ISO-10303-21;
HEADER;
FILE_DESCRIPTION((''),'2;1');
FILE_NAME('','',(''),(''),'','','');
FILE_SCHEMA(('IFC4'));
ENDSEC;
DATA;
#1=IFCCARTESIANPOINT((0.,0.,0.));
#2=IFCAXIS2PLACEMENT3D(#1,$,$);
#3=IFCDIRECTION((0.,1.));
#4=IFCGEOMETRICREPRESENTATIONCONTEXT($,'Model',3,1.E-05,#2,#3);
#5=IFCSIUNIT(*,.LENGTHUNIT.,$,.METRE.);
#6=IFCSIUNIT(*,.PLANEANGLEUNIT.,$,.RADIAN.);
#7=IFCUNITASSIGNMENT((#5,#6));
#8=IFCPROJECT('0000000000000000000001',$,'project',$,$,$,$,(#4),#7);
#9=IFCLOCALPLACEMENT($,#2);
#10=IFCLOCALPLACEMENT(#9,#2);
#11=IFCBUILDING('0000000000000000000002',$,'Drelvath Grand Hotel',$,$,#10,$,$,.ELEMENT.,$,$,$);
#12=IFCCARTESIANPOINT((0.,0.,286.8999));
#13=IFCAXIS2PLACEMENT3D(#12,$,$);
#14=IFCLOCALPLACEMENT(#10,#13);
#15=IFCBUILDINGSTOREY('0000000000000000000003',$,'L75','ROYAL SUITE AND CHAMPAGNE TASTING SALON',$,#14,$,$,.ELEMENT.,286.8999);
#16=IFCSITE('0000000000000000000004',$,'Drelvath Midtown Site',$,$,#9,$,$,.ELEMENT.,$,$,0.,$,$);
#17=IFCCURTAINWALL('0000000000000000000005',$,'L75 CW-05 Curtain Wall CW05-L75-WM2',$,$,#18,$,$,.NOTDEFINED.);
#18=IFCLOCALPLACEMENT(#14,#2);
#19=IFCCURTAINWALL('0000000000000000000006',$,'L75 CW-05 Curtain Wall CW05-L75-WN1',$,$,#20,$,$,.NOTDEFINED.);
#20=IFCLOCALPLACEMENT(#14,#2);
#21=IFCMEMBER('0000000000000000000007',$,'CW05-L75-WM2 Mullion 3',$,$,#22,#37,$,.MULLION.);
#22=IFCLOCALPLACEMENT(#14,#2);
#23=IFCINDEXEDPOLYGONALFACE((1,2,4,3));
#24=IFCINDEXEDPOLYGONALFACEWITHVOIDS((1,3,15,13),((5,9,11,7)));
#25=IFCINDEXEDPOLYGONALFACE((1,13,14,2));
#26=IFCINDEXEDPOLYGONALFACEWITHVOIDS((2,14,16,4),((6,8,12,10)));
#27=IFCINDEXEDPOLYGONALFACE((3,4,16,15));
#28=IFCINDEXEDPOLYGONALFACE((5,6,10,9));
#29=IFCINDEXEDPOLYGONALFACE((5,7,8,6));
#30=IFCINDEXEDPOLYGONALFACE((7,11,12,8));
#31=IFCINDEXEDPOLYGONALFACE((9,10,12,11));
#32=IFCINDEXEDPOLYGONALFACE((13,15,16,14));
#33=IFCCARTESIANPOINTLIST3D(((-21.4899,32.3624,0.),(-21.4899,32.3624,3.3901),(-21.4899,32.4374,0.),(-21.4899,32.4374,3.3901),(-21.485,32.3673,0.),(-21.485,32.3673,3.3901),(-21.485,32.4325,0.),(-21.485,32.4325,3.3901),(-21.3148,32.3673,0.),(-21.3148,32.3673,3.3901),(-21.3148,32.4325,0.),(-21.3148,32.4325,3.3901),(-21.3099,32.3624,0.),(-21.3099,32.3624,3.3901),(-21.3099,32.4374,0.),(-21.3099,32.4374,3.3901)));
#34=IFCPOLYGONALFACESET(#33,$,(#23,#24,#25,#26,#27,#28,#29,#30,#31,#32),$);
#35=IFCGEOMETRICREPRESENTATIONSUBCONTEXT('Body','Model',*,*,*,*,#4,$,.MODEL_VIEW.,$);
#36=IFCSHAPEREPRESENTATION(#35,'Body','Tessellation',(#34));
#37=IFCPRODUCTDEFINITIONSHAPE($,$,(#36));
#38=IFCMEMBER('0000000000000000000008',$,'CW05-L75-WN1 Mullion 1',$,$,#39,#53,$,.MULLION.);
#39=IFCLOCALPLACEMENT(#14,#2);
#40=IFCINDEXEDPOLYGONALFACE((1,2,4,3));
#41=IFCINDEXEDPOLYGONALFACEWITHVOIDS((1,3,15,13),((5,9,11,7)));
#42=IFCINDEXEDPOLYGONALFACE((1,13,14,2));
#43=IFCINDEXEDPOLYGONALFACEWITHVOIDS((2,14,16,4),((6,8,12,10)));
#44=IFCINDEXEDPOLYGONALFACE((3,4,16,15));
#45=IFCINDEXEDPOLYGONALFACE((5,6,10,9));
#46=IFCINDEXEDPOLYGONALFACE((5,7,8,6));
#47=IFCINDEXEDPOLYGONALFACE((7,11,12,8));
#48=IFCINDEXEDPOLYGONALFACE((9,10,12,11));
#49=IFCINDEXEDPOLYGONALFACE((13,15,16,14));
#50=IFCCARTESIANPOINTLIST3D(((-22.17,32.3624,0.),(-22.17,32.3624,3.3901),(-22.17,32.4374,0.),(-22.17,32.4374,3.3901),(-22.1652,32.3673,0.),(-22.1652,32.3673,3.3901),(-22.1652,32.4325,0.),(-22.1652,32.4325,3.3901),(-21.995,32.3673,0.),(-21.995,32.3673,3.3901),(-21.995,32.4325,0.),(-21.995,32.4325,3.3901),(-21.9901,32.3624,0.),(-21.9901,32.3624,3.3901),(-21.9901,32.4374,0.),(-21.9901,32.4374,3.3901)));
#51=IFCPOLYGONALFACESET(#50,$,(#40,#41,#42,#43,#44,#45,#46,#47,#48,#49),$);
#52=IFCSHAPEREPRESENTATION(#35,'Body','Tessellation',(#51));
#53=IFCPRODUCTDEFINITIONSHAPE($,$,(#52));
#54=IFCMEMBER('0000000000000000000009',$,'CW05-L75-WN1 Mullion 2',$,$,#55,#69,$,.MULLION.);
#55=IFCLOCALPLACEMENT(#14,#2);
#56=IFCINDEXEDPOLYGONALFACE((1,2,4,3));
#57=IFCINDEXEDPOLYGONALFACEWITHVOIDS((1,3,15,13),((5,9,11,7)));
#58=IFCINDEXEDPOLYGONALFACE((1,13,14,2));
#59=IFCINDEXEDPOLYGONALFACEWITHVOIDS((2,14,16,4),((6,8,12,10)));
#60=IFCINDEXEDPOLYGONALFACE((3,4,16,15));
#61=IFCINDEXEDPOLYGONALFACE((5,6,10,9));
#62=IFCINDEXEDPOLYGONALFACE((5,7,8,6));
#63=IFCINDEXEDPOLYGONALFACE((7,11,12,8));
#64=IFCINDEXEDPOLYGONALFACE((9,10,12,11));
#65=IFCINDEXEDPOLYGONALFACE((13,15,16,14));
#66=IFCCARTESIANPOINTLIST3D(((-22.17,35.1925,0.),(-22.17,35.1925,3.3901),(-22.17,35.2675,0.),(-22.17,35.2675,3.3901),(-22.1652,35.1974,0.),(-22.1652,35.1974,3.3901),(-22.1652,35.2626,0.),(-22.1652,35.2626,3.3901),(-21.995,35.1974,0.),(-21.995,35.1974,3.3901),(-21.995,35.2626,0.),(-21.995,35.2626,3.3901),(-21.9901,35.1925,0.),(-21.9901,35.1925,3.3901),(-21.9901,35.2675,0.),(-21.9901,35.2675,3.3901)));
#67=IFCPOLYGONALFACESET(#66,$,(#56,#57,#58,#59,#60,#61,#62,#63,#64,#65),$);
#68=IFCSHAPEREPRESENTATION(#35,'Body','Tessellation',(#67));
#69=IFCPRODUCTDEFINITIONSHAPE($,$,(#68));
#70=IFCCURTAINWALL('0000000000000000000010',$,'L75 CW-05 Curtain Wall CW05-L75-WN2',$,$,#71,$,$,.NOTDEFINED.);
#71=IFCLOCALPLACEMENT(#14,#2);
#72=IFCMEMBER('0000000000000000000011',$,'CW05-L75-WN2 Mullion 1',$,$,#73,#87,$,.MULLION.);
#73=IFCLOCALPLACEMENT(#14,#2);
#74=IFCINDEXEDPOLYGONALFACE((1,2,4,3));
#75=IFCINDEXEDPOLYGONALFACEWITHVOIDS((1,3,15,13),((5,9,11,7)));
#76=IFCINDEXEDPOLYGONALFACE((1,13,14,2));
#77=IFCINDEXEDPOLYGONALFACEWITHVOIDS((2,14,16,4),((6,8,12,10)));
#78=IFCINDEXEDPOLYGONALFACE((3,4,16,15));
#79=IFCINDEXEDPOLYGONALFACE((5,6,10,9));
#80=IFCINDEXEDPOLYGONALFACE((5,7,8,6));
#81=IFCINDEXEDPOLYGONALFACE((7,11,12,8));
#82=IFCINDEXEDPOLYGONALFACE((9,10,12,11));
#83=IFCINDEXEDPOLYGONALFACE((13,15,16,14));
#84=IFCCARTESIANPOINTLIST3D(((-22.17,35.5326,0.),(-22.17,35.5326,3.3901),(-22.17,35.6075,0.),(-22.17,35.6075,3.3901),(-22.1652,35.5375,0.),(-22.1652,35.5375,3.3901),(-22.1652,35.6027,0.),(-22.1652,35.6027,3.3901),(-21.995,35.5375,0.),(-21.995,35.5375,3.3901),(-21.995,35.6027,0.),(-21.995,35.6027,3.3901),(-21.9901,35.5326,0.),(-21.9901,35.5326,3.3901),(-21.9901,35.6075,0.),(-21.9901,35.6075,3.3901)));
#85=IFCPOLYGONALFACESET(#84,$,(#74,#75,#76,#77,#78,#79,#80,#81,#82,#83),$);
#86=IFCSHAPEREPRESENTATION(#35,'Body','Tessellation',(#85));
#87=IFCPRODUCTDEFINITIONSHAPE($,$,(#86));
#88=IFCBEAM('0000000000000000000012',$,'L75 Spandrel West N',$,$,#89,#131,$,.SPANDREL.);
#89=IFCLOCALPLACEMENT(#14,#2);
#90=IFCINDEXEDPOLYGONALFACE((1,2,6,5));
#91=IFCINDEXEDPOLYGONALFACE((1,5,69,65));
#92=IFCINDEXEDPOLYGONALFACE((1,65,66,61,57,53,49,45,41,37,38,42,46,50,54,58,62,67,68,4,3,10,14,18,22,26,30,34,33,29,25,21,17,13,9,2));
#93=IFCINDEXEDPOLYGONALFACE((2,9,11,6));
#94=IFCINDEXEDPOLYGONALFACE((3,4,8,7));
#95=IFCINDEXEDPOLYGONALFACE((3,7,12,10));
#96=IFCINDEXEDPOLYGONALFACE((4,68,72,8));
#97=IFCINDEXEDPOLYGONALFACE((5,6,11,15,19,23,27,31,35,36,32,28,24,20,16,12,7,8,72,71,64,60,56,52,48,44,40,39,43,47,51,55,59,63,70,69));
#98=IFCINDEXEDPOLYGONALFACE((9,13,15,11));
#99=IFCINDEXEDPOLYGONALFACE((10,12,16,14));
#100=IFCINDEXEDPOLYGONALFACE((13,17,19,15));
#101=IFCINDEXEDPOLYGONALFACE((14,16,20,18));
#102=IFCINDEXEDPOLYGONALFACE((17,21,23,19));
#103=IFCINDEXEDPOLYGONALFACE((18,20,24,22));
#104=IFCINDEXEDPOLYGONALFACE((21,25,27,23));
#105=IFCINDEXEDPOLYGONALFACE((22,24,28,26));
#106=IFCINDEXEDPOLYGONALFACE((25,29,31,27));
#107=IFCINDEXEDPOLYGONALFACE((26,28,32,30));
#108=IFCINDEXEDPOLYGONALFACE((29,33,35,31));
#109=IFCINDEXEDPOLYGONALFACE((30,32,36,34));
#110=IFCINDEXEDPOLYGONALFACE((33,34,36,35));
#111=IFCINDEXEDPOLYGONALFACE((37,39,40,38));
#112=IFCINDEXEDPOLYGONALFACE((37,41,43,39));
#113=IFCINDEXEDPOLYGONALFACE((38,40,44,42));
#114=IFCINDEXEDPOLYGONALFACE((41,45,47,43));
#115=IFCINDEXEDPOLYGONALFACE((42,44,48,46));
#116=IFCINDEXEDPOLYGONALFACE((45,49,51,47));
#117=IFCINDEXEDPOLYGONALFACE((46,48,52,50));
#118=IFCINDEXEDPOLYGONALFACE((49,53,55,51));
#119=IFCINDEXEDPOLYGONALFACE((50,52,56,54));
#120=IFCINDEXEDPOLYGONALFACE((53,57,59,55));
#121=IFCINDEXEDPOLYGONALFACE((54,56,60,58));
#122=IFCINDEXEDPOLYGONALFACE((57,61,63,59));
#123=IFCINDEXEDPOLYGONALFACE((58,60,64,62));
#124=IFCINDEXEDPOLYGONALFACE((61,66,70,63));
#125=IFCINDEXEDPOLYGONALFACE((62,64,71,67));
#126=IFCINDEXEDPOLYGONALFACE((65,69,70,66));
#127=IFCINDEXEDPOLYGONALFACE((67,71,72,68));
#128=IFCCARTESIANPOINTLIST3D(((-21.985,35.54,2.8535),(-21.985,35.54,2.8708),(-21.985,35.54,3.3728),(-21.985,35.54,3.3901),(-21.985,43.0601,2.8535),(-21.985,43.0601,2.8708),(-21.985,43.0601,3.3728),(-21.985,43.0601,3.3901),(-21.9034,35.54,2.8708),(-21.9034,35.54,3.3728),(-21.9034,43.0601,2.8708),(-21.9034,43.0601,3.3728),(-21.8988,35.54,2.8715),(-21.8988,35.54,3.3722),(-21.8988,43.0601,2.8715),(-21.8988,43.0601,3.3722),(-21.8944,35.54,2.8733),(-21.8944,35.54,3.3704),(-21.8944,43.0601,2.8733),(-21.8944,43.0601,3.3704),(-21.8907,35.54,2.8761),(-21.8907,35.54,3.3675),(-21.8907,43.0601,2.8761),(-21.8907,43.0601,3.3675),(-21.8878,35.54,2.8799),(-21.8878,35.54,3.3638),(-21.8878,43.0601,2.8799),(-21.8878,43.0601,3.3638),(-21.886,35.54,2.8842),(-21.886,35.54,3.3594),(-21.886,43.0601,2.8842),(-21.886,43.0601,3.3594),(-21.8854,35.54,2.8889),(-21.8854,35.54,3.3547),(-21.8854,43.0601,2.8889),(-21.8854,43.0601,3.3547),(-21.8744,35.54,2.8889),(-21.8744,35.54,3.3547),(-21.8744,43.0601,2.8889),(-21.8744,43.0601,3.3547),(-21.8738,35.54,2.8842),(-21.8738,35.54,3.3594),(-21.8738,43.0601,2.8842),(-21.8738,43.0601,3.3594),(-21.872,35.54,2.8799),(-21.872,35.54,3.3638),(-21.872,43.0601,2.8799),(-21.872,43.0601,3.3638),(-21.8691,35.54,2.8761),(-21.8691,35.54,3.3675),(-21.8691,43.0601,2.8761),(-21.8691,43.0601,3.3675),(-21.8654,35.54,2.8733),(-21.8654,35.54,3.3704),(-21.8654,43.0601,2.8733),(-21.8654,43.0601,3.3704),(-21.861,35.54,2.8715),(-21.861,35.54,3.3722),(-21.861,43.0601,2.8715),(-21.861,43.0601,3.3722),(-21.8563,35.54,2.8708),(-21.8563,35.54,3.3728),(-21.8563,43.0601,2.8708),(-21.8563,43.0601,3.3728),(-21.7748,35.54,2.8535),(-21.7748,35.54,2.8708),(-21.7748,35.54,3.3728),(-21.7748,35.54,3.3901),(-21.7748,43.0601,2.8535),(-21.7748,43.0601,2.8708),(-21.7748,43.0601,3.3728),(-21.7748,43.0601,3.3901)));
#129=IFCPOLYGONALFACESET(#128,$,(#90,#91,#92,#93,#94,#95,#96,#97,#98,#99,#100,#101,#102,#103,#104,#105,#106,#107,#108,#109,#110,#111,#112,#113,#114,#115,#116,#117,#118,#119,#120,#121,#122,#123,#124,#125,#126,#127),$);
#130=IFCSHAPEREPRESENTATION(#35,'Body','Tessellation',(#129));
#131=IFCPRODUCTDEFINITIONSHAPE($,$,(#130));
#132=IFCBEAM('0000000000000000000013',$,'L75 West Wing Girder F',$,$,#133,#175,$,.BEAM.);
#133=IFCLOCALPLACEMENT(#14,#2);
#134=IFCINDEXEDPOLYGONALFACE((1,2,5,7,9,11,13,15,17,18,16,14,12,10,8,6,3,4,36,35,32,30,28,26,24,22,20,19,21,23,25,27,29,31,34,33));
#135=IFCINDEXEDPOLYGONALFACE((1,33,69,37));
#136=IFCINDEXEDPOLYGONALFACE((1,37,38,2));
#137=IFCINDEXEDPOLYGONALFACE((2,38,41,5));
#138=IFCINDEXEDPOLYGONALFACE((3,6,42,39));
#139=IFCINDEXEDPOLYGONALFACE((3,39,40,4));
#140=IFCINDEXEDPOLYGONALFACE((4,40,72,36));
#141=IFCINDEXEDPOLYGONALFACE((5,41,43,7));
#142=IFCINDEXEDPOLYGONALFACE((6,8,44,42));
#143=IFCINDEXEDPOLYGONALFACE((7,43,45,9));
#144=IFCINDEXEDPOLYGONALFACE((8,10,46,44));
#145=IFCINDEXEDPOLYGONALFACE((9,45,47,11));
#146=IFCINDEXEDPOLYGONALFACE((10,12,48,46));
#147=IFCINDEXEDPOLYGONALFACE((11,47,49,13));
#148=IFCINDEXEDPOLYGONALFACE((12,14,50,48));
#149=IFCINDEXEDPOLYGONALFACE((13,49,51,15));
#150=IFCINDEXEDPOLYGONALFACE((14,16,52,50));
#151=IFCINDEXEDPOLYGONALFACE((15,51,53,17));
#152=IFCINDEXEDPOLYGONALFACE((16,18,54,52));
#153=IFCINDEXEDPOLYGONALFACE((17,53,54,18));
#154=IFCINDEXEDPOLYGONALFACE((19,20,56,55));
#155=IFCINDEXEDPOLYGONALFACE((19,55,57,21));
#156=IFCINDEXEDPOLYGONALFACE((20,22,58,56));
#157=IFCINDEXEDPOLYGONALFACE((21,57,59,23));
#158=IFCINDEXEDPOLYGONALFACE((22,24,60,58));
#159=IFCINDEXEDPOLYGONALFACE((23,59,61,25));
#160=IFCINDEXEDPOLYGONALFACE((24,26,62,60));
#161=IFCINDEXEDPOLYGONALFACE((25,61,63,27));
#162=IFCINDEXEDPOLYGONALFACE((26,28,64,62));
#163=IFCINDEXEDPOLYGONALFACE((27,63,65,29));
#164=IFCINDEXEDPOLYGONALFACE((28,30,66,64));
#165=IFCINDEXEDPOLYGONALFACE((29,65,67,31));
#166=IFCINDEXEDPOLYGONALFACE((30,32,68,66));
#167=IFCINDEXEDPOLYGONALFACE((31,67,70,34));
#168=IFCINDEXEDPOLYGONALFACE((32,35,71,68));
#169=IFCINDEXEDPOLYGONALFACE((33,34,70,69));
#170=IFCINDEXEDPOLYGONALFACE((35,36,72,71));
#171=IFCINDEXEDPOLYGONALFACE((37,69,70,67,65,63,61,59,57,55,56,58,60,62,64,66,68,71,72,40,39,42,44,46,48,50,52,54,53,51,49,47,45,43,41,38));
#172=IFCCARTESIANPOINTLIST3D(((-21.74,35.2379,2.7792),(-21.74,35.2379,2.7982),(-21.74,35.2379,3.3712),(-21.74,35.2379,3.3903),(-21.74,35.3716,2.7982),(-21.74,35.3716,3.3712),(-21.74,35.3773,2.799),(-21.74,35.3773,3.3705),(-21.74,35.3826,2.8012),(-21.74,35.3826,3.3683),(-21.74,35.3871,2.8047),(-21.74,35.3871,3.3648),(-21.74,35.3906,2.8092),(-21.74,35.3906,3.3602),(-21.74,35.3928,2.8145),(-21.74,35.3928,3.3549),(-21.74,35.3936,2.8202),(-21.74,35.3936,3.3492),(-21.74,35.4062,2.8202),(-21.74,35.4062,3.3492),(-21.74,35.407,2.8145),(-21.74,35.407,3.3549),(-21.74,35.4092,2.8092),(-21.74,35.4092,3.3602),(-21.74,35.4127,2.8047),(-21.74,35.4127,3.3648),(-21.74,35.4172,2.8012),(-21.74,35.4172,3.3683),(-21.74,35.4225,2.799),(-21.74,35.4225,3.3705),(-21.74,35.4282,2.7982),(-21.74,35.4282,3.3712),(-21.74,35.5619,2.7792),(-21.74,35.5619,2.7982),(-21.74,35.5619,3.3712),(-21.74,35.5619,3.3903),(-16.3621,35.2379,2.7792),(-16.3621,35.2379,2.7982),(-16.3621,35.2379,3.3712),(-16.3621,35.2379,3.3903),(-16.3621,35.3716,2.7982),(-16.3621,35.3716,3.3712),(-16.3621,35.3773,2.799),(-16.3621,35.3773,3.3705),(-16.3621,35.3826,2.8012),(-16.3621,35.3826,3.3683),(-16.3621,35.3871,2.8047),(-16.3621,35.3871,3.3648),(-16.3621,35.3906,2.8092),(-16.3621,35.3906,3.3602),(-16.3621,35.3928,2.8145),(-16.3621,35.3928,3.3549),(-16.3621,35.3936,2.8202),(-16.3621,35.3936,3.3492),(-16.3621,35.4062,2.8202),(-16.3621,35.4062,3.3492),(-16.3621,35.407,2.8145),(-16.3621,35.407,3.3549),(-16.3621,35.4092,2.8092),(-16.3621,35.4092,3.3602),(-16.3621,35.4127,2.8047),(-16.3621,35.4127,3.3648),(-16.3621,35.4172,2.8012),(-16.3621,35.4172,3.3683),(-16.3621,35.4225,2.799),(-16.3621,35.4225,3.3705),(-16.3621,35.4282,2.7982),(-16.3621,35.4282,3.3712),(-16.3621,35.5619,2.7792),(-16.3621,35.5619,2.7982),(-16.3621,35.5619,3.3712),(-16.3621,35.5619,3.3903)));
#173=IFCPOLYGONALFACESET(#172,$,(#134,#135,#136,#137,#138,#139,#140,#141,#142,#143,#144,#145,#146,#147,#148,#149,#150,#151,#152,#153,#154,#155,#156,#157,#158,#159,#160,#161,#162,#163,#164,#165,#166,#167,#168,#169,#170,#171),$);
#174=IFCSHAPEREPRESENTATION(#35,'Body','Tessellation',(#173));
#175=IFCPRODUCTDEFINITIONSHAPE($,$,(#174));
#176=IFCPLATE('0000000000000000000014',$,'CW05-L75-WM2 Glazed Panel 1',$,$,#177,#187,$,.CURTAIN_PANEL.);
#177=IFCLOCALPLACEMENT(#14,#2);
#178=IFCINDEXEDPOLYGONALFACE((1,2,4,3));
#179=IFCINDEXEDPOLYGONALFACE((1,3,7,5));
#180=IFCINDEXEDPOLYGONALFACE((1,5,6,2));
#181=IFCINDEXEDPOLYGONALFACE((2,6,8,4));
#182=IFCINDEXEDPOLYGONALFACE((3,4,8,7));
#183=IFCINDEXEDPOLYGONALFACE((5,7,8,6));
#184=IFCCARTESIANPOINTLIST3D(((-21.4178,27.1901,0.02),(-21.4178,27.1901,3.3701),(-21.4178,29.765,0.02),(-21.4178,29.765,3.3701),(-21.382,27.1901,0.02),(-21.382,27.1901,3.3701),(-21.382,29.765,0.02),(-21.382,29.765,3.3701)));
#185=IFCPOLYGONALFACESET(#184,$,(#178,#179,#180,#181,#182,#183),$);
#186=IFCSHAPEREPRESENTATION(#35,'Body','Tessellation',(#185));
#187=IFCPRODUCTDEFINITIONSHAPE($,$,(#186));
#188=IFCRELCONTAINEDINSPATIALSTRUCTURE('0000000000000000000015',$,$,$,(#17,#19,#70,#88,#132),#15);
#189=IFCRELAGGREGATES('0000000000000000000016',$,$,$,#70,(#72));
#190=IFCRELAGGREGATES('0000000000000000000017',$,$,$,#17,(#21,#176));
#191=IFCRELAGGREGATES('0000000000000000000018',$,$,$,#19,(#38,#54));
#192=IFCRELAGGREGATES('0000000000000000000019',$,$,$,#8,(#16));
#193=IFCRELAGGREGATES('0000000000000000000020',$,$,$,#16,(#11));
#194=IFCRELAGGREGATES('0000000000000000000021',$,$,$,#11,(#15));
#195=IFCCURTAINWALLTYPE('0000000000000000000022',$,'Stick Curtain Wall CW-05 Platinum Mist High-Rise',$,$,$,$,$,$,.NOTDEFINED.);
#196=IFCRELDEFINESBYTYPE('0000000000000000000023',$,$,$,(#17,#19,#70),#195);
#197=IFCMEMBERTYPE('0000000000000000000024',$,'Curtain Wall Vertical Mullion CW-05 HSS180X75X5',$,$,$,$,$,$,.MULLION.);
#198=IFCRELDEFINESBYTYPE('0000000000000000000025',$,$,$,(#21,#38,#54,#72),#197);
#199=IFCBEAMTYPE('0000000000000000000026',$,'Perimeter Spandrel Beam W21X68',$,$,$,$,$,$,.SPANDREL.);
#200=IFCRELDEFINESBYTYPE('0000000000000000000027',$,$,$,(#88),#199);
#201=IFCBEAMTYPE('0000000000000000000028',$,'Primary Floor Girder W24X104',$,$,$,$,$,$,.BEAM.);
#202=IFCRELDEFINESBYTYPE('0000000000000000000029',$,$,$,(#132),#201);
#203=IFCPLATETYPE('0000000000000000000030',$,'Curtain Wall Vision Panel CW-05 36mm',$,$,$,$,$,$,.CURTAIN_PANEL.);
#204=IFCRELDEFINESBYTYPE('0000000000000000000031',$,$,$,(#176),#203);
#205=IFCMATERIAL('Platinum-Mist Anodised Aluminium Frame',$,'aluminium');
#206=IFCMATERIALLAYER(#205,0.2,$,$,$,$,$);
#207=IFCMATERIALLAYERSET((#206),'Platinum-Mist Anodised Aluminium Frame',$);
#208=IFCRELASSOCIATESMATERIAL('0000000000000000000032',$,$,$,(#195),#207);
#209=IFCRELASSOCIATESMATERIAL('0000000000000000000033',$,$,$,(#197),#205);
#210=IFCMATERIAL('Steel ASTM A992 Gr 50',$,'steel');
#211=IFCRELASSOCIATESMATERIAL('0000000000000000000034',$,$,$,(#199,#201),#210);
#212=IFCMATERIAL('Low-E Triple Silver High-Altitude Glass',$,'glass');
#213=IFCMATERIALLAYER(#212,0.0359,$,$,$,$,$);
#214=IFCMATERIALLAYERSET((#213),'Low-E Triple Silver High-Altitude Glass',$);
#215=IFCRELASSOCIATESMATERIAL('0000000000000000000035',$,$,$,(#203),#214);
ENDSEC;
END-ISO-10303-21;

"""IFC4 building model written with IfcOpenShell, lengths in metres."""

from ifc_helpers import new_model, si_unit, direction, frame, origin, origin_2d, place, context, subcontext, project, spatial, rectangle, hollow_rectangle, i_section, extrude, material, layer, layer_set, material_profile, profile_set, type_object, element, aggregate, save


model = new_model("IFC4")

# Units and contexts
model_context = context("Model", 3, precision=1e-05, world=origin(), true_north=direction((0.0, 1.0)))
body_context = subcontext(model_context, "Body", "Model", "MODEL_VIEW")
ifc_project = project(units=[si_unit("LENGTHUNIT", "METRE"), si_unit("PLANEANGLEUNIT", "RADIAN")], contexts=[model_context])

# Site, building, storey
site_placement = place(None, origin())
site = spatial("IfcSite", under=ifc_project, at=site_placement, Name="Drelvath Midtown Site", CompositionType="ELEMENT", RefElevation=0.0)
building_placement = place(site_placement, origin())
building = spatial("IfcBuilding", under=site, at=building_placement, Name="Drelvath Grand Hotel", CompositionType="ELEMENT")
storey_placement = place(building_placement, frame((0.0, 0.0, 286.8999)))
storey = spatial("IfcBuildingStorey", under=building, at=storey_placement, Name="L75", Description="ROYAL SUITE AND CHAMPAGNE TASTING SALON", CompositionType="ELEMENT", Elevation=286.8999)

# Curtain walls
ifc_material_1 = material(Name="Platinum-Mist Anodised Aluminium Frame", Category="aluminium")
ifc_layer_1 = layer(ifc_material_1, 0.2)
ifc_layer_set_1 = layer_set([ifc_layer_1], Name="Platinum-Mist Anodised Aluminium Frame")
curtain_wall_type = type_object("IfcCurtainWallType", Name="Stick Curtain Wall CW-05 Platinum Mist High-Rise", PredefinedType="NOTDEFINED", material=ifc_layer_set_1)
curtain_wall_1_placement = place(storey_placement, origin())
curtain_wall_1 = element("IfcCurtainWall", 1, at=curtain_wall_1_placement, inside=storey, type_object=curtain_wall_type, Name="L75 CW-05 Curtain Wall CW05-L75-WM2", PredefinedType="NOTDEFINED")
curtain_wall_2_placement = place(storey_placement, origin())
curtain_wall_2 = element("IfcCurtainWall", 2, at=curtain_wall_2_placement, inside=storey, type_object=curtain_wall_type, Name="L75 CW-05 Curtain Wall CW05-L75-WN1", PredefinedType="NOTDEFINED")
ifc_material_profile_1 = material_profile(ifc_material_1, hollow_rectangle(XDim=0.075, YDim=0.1799, WallThickness=0.0049, at=origin_2d()), Name="HSS180X75X5")
ifc_profile_set_1 = profile_set([ifc_material_profile_1], Name="Platinum-Mist Anodised Aluminium Frame")
member_type_1 = type_object("IfcMemberType", Name="Curtain Wall Vertical Mullion CW-05 HSS180X75X5", PredefinedType="MULLION", material=ifc_profile_set_1)

# Members
member_1_placement = place(storey_placement, frame((-21.3999, 32.3999, 0.0), z_axis=(0.0, 0.0, 1.0), x_axis=(0.0, 1.0, 0.0)))
member_1 = element("IfcMember", 3, at=member_1_placement, type_object=member_type_1, Name="CW05-L75-WM2 Mullion 3", PredefinedType="MULLION", context=body_context, shape_type="SweptSolid", body=[
    extrude(hollow_rectangle(XDim=0.075, YDim=0.1799, WallThickness=0.0049, at=origin_2d()), origin(), (0.0, 0.0, 1.0), 3.3901),
])
member_2_placement = place(storey_placement, frame((-22.0801, 32.3999, 0.0), z_axis=(0.0, 0.0, 1.0), x_axis=(0.0, 1.0, 0.0)))
member_2 = element("IfcMember", 4, at=member_2_placement, type_object=member_type_1, Name="CW05-L75-WN1 Mullion 1", PredefinedType="MULLION", context=body_context, shape_type="SweptSolid", body=[
    extrude(hollow_rectangle(XDim=0.075, YDim=0.1799, WallThickness=0.0049, at=origin_2d()), origin(), (0.0, 0.0, 1.0), 3.3901),
])
member_3_placement = place(storey_placement, frame((-22.0801, 35.23, 0.0), z_axis=(0.0, 0.0, 1.0), x_axis=(0.0, 1.0, 0.0)))
member_3 = element("IfcMember", 5, at=member_3_placement, type_object=member_type_1, Name="CW05-L75-WN1 Mullion 2", PredefinedType="MULLION", context=body_context, shape_type="SweptSolid", body=[
    extrude(hollow_rectangle(XDim=0.075, YDim=0.1799, WallThickness=0.0049, at=origin_2d()), origin(), (0.0, 0.0, 1.0), 3.3901),
])

# Curtain wall, member
curtain_wall_3_placement = place(storey_placement, origin())
curtain_wall_3 = element("IfcCurtainWall", 6, at=curtain_wall_3_placement, inside=storey, type_object=curtain_wall_type, Name="L75 CW-05 Curtain Wall CW05-L75-WN2", PredefinedType="NOTDEFINED")
member_4_placement = place(storey_placement, frame((-22.0801, 35.5701, 0.0), z_axis=(0.0, 0.0, 1.0), x_axis=(0.0, 1.0, 0.0)))
member_4 = element("IfcMember", 7, at=member_4_placement, type_object=member_type_1, Name="CW05-L75-WN2 Mullion 1", PredefinedType="MULLION", context=body_context, shape_type="SweptSolid", body=[
    extrude(hollow_rectangle(XDim=0.075, YDim=0.1799, WallThickness=0.0049, at=origin_2d()), origin(), (0.0, 0.0, 1.0), 3.3901),
])
aggregate(curtain_wall_3, [member_4])

# Beams
ifc_material_2 = material(Name="Steel ASTM A992 Gr 50", Category="steel")
ifc_material_profile_2 = material_profile(ifc_material_2, i_section(OverallWidth=0.2102, OverallDepth=0.5366, WebThickness=0.011, FlangeThickness=0.0173, FilletRadius=0.0181, at=origin_2d()), Name="W21X68")
ifc_profile_set_2 = profile_set([ifc_material_profile_2], Name="Steel ASTM A992 Gr 50")
beam_type_1 = type_object("IfcBeamType", Name="Perimeter Spandrel Beam W21X68", PredefinedType="SPANDREL", material=ifc_profile_set_2)
beam_1_placement = place(storey_placement, frame((-21.8799, 35.54, 3.1218), z_axis=(0.0, 1.0, 0.0), x_axis=(-1.0, 0.0, 0.0)))
element("IfcBeam", 8, at=beam_1_placement, inside=storey, type_object=beam_type_1, Name="L75 Spandrel West N", PredefinedType="SPANDREL", context=body_context, shape_type="SweptSolid", body=[
    extrude(i_section(OverallWidth=0.2102, OverallDepth=0.5366, WebThickness=0.011, FlangeThickness=0.0173, FilletRadius=0.0181, at=origin_2d()), origin(), (0.0, 0.0, 1.0), 7.52),
])
ifc_material_profile_3 = material_profile(ifc_material_2, i_section(OverallWidth=0.324, OverallDepth=0.6111, WebThickness=0.0127, FlangeThickness=0.019, FilletRadius=0.022, at=origin_2d()), Name="W24X104")
ifc_profile_set_3 = profile_set([ifc_material_profile_3], Name="Steel ASTM A992 Gr 50")
beam_type_2 = type_object("IfcBeamType", Name="Primary Floor Girder W24X104", PredefinedType="BEAM", material=ifc_profile_set_3)
beam_2_placement = place(storey_placement, frame((-21.74, 35.3999, 3.0847), z_axis=(1.0, 0.0, 0.0), x_axis=(0.0, 1.0, 0.0)))
element("IfcBeam", 9, at=beam_2_placement, inside=storey, type_object=beam_type_2, Name="L75 West Wing Girder F", PredefinedType="BEAM", context=body_context, shape_type="SweptSolid", body=[
    extrude(i_section(OverallWidth=0.324, OverallDepth=0.6111, WebThickness=0.0127, FlangeThickness=0.019, FilletRadius=0.022, at=origin_2d()), origin(), (0.0, 0.0, 1.0), 5.3779),
])

# Plate
ifc_material_3 = material(Name="Low-E Triple Silver High-Altitude Glass", Category="glass")
ifc_layer_2 = layer(ifc_material_3, 0.0359)
ifc_layer_set_2 = layer_set([ifc_layer_2], Name="Low-E Triple Silver High-Altitude Glass")
plate_type = type_object("IfcPlateType", Name="Curtain Wall Vision Panel CW-05 36mm", PredefinedType="CURTAIN_PANEL", material=ifc_layer_set_2)
plate_1_placement = place(storey_placement, frame((-21.3999, 28.4775, 0.02), z_axis=(0.0, 0.0, 1.0), x_axis=(0.0, 1.0, 0.0)))
plate_1 = element("IfcPlate", 10, at=plate_1_placement, type_object=plate_type, Name="CW05-L75-WM2 Glazed Panel 1", PredefinedType="CURTAIN_PANEL", context=body_context, shape_type="SweptSolid", body=[
    extrude(rectangle(XDim=2.575, YDim=0.0359, at=origin_2d()), origin(), (0.0, 0.0, 1.0), 3.3501),
])
aggregate(curtain_wall_1, [member_1, plate_1])
aggregate(curtain_wall_2, [member_2, member_3])

save(model, "model.ifc")
